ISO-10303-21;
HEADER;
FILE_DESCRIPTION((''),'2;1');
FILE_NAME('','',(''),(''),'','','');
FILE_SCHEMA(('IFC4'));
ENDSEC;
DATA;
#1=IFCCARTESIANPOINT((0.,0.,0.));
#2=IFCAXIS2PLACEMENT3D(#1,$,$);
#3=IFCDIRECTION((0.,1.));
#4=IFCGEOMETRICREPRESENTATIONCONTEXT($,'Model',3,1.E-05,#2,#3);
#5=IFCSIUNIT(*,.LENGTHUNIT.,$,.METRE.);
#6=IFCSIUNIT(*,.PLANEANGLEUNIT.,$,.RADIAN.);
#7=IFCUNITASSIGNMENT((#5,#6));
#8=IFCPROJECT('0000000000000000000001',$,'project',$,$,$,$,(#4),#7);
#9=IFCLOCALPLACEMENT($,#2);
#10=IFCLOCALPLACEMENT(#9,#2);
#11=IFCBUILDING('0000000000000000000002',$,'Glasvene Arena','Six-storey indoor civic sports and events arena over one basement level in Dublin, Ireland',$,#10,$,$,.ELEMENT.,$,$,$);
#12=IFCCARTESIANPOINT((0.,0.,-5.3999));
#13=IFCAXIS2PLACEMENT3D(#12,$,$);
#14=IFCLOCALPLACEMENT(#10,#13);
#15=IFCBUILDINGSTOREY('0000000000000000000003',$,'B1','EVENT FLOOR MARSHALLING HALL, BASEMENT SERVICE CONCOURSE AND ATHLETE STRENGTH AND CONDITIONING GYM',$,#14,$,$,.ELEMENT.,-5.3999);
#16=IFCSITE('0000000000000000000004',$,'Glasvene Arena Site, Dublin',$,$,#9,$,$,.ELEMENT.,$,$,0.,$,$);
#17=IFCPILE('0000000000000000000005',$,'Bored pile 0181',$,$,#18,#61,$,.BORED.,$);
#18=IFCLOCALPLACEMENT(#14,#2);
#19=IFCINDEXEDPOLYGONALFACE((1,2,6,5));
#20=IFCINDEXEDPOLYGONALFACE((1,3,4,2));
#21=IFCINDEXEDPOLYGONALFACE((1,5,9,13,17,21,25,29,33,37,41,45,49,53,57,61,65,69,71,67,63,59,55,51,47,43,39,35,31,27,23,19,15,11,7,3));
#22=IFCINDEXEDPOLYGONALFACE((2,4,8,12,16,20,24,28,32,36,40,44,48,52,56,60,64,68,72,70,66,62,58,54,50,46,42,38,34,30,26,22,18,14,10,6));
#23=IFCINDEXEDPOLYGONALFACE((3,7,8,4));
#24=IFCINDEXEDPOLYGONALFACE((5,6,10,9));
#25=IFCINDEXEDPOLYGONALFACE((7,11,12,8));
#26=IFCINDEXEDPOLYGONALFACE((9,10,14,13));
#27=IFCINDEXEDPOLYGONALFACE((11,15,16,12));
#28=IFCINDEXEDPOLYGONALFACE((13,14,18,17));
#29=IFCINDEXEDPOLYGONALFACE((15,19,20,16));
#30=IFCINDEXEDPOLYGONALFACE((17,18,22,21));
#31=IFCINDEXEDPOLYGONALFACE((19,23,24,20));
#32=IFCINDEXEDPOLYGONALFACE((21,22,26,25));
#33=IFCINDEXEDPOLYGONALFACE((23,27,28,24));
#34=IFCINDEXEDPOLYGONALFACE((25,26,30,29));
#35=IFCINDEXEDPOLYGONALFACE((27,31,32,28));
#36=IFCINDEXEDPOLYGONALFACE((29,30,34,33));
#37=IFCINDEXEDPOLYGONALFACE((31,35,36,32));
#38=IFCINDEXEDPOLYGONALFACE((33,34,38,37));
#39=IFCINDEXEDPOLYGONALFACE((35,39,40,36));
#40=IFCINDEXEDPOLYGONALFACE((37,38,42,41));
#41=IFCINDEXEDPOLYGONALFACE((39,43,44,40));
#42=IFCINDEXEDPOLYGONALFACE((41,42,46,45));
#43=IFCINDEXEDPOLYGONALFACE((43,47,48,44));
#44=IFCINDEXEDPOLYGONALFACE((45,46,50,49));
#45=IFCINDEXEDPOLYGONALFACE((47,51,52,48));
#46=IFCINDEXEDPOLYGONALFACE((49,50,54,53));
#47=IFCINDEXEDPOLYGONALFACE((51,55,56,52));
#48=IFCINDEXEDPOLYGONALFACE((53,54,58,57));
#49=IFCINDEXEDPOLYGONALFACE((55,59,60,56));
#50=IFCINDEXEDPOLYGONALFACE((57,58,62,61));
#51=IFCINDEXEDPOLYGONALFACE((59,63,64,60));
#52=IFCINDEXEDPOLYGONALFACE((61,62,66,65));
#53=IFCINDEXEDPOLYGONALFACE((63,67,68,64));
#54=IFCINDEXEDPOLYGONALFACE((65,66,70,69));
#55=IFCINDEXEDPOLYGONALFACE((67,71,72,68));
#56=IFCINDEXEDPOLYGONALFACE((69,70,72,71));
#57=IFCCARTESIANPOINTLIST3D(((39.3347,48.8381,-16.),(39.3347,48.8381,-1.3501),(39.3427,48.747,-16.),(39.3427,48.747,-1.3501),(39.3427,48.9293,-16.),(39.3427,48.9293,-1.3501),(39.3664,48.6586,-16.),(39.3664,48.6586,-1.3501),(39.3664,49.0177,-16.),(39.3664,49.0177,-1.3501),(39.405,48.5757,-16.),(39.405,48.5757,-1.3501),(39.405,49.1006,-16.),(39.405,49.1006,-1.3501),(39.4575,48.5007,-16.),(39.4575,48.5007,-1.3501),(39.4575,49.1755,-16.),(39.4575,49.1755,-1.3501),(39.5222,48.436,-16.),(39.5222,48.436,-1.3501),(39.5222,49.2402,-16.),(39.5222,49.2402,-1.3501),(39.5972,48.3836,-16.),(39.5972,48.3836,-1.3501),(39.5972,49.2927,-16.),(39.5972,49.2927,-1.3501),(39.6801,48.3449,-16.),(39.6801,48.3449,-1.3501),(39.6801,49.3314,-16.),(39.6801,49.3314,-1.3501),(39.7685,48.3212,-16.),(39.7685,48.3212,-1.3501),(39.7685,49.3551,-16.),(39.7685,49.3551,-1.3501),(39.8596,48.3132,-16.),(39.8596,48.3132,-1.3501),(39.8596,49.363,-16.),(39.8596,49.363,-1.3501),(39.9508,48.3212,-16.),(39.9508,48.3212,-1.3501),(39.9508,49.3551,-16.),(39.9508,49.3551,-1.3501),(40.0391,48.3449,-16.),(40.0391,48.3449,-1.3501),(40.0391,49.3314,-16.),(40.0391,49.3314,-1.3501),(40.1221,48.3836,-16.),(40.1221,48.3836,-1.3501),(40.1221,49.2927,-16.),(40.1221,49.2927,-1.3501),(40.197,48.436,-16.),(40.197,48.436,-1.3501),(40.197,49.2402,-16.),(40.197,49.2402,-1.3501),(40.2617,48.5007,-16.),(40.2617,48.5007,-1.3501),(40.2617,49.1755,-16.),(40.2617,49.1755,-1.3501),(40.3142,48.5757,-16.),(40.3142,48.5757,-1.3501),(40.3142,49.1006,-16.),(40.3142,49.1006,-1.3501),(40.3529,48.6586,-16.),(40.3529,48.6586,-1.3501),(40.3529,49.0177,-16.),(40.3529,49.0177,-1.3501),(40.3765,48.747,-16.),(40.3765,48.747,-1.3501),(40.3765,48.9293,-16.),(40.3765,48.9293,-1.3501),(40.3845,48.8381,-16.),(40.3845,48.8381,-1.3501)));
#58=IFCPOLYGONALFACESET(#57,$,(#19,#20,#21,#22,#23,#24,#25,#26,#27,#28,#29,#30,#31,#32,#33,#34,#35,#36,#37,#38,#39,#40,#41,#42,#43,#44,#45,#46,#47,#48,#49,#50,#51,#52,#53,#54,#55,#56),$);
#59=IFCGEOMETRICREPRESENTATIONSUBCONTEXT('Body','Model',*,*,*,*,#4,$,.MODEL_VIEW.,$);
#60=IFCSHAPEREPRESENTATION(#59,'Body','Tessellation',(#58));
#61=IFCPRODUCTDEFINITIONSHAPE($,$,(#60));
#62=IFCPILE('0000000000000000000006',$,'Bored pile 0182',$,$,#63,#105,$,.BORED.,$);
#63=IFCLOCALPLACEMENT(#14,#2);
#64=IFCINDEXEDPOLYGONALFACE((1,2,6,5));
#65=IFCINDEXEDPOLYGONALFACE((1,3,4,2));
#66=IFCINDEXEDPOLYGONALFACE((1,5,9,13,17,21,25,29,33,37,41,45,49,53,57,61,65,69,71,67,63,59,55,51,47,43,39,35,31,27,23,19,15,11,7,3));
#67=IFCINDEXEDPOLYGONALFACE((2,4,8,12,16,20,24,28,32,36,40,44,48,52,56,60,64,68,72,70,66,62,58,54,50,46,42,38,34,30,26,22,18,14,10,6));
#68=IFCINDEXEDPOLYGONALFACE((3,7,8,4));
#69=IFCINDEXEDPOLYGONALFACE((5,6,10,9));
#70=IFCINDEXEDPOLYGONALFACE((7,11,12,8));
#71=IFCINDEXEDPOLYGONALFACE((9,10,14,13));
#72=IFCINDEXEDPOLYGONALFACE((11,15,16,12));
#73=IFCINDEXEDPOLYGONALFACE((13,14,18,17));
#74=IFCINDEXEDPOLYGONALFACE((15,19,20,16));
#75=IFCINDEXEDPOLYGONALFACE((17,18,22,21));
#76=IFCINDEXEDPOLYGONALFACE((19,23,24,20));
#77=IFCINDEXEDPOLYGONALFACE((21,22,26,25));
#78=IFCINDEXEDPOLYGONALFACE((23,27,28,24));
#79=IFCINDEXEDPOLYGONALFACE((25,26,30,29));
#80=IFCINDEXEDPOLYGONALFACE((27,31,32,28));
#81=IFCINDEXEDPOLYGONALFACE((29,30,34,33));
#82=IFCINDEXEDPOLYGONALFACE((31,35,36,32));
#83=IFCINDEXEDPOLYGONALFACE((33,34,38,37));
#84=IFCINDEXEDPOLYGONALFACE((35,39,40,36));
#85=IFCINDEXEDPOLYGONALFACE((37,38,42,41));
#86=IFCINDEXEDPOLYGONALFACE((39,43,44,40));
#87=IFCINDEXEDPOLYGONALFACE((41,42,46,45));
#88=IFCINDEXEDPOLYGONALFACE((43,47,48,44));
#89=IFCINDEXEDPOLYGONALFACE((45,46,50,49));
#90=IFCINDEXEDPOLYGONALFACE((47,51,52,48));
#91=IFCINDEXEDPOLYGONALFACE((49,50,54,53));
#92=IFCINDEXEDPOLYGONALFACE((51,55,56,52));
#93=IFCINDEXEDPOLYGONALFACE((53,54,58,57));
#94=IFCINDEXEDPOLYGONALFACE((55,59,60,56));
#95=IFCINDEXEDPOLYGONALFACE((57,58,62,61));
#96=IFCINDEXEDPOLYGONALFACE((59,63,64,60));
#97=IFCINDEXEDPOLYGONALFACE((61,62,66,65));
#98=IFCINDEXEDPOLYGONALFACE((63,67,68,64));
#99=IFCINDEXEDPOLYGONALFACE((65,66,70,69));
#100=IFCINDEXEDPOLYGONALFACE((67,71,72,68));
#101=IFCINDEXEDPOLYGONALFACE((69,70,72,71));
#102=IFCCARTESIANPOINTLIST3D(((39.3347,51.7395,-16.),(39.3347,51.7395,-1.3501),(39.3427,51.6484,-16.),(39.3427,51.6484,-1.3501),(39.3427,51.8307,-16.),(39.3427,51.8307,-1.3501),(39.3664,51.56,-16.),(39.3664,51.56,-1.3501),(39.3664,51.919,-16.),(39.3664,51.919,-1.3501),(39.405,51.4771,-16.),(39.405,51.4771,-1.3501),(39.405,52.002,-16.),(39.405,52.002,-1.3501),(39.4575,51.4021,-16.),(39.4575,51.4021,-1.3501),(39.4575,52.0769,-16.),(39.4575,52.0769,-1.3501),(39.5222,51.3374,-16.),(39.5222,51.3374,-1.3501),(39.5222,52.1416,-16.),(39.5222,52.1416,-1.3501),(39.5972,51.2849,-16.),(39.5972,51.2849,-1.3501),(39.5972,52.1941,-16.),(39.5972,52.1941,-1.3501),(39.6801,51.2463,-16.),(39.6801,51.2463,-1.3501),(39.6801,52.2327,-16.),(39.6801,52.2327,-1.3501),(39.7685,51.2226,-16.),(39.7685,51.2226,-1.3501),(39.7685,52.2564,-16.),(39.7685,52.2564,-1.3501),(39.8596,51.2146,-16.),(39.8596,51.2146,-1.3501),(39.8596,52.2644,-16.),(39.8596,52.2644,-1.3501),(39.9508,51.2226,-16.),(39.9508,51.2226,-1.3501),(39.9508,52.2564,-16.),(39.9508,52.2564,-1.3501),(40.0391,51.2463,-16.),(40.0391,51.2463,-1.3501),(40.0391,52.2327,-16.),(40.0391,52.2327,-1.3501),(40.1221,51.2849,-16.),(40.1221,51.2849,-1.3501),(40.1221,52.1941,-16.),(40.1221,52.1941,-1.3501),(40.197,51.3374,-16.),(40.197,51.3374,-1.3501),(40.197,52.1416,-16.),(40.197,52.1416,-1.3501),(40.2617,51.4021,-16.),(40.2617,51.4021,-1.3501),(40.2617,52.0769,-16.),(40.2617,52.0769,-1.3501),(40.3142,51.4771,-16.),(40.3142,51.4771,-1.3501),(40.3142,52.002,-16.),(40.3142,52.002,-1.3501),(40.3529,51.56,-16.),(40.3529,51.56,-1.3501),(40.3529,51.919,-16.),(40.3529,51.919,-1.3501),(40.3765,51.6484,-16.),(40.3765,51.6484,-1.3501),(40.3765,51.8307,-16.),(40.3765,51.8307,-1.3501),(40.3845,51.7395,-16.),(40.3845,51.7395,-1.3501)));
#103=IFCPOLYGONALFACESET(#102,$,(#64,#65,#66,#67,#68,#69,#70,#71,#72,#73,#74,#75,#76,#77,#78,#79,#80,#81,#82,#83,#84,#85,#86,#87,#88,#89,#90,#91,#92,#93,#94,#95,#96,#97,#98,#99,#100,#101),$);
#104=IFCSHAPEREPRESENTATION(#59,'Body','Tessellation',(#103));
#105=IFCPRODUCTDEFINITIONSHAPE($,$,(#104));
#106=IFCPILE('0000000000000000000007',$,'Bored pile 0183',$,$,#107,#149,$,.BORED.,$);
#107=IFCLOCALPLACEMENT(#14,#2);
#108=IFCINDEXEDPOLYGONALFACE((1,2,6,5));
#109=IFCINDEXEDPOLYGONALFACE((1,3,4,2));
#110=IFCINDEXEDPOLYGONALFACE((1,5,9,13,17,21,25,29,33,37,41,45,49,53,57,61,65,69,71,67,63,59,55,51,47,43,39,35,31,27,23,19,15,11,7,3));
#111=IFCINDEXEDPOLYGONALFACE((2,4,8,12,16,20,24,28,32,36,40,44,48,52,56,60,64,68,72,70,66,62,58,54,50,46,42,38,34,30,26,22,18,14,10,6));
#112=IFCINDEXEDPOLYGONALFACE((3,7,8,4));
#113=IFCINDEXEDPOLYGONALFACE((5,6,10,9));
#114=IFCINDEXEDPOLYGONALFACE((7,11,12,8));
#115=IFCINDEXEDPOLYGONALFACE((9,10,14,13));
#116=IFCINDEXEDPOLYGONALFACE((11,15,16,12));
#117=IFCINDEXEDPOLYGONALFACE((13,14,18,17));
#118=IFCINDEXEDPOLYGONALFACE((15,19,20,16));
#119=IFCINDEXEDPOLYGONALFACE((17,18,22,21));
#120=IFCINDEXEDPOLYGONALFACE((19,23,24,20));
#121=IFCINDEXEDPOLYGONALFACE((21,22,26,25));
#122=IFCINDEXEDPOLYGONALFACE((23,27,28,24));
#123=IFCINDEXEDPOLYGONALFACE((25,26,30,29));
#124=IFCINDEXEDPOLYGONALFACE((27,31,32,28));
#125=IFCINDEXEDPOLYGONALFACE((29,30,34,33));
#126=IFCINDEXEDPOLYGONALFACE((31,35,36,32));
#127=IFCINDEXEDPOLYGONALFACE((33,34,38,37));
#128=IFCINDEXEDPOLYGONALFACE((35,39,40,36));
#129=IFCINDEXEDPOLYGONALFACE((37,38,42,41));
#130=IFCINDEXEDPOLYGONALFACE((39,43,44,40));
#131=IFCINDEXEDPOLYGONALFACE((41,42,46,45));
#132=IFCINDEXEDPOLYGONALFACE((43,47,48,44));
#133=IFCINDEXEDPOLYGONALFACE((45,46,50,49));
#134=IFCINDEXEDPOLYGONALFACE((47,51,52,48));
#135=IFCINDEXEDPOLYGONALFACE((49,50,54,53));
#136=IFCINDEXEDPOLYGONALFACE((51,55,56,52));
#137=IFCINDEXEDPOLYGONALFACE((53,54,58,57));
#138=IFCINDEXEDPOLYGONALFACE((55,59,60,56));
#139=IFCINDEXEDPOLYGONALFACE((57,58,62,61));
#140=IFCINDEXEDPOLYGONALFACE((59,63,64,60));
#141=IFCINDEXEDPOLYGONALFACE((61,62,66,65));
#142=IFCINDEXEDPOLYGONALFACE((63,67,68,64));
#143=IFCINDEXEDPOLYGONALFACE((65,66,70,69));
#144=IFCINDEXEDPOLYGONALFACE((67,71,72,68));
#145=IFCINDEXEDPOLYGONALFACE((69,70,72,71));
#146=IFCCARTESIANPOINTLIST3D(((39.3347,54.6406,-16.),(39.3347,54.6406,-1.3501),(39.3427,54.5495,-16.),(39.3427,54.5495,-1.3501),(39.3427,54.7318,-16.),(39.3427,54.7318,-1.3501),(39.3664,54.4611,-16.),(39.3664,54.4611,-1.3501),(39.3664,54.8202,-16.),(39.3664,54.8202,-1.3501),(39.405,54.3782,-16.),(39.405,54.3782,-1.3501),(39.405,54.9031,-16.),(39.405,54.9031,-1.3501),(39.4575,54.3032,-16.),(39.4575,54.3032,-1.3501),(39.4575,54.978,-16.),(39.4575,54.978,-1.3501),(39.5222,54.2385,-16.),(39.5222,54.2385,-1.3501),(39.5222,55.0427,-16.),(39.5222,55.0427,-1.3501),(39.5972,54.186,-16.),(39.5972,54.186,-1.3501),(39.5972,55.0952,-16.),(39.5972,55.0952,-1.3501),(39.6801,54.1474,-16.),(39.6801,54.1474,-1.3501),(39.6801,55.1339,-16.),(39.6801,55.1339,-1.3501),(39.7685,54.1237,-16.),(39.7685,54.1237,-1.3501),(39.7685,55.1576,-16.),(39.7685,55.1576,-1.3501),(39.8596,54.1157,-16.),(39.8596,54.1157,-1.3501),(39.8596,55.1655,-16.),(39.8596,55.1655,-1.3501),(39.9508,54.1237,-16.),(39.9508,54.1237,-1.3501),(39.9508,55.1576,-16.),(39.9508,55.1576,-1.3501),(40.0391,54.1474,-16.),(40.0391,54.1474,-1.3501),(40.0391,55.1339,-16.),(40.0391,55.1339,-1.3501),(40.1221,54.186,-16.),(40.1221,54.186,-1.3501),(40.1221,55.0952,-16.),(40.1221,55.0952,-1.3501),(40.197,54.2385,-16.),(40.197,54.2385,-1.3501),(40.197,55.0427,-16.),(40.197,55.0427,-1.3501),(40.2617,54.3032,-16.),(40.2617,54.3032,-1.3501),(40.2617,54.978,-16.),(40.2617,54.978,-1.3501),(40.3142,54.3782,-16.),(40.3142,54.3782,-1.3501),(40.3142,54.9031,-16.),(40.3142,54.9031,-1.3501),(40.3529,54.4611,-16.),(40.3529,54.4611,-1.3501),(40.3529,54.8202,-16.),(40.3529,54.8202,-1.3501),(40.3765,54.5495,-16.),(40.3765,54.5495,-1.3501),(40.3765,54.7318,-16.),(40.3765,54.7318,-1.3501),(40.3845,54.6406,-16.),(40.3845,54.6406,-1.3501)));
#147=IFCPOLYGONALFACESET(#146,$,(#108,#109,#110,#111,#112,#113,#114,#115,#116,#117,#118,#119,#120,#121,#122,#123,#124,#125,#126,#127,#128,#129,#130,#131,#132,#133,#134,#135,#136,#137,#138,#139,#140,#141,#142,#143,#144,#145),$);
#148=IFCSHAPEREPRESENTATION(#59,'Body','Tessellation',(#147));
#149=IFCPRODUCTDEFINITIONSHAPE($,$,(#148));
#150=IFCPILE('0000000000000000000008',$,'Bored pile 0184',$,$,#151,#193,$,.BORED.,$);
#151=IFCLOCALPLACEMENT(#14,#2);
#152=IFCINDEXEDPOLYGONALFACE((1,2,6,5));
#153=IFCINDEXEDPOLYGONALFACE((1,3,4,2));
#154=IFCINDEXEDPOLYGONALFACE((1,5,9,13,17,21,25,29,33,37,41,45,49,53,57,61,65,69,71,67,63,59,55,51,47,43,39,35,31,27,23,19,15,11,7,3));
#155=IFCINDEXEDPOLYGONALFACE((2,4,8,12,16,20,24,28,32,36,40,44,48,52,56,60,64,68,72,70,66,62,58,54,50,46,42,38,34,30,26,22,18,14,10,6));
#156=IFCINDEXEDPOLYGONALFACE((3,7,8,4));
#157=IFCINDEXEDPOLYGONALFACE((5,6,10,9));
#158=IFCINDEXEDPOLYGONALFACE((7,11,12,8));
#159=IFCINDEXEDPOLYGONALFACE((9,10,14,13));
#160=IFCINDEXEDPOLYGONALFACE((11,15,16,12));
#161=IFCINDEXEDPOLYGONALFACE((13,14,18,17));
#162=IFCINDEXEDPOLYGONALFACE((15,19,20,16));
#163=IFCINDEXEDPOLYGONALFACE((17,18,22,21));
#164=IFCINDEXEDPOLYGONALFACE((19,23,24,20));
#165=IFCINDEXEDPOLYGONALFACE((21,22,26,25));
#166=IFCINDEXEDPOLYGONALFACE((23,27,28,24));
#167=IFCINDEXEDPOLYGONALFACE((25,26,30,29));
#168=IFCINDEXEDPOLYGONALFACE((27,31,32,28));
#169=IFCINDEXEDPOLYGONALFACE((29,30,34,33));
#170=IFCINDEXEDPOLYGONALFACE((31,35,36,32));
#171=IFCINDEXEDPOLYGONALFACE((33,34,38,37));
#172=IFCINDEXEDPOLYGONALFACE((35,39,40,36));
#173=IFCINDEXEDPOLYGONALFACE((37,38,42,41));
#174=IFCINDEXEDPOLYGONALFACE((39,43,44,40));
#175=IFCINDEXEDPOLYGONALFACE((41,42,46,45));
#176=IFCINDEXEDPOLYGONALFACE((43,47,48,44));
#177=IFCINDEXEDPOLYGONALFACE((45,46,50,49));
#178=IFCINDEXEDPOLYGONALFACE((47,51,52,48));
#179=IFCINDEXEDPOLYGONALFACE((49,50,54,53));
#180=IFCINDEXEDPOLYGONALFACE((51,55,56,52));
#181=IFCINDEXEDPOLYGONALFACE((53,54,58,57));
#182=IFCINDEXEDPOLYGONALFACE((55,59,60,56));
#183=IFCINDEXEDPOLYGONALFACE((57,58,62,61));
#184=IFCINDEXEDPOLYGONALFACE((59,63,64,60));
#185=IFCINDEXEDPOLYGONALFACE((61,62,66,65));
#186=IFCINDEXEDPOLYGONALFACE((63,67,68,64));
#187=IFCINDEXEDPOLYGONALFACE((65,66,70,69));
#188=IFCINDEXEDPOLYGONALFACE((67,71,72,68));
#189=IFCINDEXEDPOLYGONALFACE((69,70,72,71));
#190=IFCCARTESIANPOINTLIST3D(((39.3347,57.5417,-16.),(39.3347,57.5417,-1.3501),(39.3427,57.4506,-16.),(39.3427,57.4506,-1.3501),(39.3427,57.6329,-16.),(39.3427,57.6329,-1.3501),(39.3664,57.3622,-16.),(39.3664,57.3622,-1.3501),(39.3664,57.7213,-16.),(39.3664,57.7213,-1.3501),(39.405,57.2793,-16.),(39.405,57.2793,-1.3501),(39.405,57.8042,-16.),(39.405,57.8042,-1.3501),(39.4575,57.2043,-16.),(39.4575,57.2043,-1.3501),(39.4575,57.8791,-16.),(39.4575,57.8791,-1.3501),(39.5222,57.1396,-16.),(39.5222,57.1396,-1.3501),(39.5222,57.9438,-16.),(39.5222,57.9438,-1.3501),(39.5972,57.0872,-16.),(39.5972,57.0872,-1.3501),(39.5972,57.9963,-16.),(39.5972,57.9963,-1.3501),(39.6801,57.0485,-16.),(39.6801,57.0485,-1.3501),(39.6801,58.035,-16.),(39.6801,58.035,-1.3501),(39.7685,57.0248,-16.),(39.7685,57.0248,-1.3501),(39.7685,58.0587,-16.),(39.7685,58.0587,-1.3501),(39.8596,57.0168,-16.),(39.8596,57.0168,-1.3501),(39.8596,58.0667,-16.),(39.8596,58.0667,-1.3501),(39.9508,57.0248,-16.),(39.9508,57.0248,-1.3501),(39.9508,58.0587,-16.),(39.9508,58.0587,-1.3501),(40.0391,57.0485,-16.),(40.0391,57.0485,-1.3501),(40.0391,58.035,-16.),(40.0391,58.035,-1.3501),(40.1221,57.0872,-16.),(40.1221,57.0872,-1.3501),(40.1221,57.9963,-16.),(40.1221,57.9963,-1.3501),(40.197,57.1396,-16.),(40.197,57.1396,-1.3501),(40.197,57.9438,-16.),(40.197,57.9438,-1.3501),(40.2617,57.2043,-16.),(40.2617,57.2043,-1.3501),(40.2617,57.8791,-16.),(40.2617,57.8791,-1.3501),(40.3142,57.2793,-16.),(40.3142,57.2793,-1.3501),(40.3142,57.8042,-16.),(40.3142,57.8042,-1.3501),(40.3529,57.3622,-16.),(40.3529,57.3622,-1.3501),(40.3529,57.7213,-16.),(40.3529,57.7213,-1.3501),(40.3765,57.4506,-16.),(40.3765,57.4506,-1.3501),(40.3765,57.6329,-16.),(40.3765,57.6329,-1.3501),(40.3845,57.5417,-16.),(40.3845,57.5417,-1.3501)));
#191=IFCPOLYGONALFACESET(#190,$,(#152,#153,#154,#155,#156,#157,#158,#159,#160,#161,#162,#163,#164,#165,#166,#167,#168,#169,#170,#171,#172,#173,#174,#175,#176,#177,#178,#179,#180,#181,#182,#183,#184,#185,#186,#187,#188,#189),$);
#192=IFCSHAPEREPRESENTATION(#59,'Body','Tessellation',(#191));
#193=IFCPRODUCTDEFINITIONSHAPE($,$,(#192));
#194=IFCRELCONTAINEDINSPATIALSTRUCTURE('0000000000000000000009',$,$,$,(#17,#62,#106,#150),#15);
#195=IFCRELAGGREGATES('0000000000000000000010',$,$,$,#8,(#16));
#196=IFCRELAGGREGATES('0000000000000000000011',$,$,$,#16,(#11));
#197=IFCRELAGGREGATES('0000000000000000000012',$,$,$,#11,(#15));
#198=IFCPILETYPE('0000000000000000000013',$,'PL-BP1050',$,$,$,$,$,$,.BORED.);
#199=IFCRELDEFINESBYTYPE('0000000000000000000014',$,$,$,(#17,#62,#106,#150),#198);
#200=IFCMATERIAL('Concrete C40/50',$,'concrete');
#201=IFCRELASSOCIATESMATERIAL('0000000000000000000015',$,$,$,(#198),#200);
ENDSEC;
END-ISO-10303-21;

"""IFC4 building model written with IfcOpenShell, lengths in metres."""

from ifc_helpers import new_model, si_unit, direction, frame, origin, origin_2d, place, context, subcontext, project, spatial, circle, extrude, material, material_profile, profile_set, type_object, element, save


model = new_model("IFC4")

# Units and contexts
model_context = context("Model", 3, precision=1e-05, world=origin(), true_north=direction((0.0, 1.0)))
body_context = subcontext(model_context, "Body", "Model", "MODEL_VIEW")
ifc_project = project(units=[si_unit("LENGTHUNIT", "METRE"), si_unit("PLANEANGLEUNIT", "RADIAN")], contexts=[model_context])

# Site, building, storey
site_placement = place(None, origin())
site = spatial("IfcSite", under=ifc_project, at=site_placement, Name="Glasvene Arena Site, Dublin", CompositionType="ELEMENT", RefElevation=0.0)
building_placement = place(site_placement, origin())
building = spatial("IfcBuilding", under=site, at=building_placement, Name="Glasvene Arena", Description="Six-storey indoor civic sports and events arena over one basement level in Dublin, Ireland", CompositionType="ELEMENT")
storey_placement = place(building_placement, frame((0.0, 0.0, -5.3999)))
storey = spatial("IfcBuildingStorey", under=building, at=storey_placement, Name="B1", Description="EVENT FLOOR MARSHALLING HALL, BASEMENT SERVICE CONCOURSE AND ATHLETE STRENGTH AND CONDITIONING GYM", CompositionType="ELEMENT", Elevation=-5.3999)

# Piles
ifc_material_1 = material(Name="Concrete C40/50", Category="concrete")
ifc_material_profile_1 = material_profile(ifc_material_1, circle(Radius=0.5249, at=origin_2d()), Name="BORED PILE 1050")
ifc_profile_set_1 = profile_set([ifc_material_profile_1], Name="Concrete C40/50")
pile_type = type_object("IfcPileType", Name="PL-BP1050", PredefinedType="BORED", material=ifc_profile_set_1)
for number, where, z_axis, x_axis, name in (
    (1, (39.8596, 48.8381, -1.3501), (0.0, 0.0, -1.0), (1.0, 0.0, 0.0), "Bored pile 0181"),
    (2, (39.8596, 51.7395, -1.3501), (0.0, 0.0, -1.0), (1.0, 0.0, 0.0), "Bored pile 0182"),
    (3, (39.8596, 54.6406, -1.3501), (0.0, 0.0, -1.0), (1.0, 0.0, 0.0), "Bored pile 0183"),
    (4, (39.8596, 57.5417, -1.3501), (0.0, 0.0, -1.0), (1.0, 0.0, 0.0), "Bored pile 0184"),
):
    element("IfcPile", number, at=place(storey_placement, frame(where, z_axis=z_axis, x_axis=x_axis)), inside=storey, type_object=pile_type, Name=name, PredefinedType="BORED", context=body_context, shape_type="SweptSolid", body=[
        extrude(circle(Radius=0.5249, at=origin_2d()), origin(), (0.0, 0.0, 1.0), 14.6499),
    ])

save(model, "model.ifc")
